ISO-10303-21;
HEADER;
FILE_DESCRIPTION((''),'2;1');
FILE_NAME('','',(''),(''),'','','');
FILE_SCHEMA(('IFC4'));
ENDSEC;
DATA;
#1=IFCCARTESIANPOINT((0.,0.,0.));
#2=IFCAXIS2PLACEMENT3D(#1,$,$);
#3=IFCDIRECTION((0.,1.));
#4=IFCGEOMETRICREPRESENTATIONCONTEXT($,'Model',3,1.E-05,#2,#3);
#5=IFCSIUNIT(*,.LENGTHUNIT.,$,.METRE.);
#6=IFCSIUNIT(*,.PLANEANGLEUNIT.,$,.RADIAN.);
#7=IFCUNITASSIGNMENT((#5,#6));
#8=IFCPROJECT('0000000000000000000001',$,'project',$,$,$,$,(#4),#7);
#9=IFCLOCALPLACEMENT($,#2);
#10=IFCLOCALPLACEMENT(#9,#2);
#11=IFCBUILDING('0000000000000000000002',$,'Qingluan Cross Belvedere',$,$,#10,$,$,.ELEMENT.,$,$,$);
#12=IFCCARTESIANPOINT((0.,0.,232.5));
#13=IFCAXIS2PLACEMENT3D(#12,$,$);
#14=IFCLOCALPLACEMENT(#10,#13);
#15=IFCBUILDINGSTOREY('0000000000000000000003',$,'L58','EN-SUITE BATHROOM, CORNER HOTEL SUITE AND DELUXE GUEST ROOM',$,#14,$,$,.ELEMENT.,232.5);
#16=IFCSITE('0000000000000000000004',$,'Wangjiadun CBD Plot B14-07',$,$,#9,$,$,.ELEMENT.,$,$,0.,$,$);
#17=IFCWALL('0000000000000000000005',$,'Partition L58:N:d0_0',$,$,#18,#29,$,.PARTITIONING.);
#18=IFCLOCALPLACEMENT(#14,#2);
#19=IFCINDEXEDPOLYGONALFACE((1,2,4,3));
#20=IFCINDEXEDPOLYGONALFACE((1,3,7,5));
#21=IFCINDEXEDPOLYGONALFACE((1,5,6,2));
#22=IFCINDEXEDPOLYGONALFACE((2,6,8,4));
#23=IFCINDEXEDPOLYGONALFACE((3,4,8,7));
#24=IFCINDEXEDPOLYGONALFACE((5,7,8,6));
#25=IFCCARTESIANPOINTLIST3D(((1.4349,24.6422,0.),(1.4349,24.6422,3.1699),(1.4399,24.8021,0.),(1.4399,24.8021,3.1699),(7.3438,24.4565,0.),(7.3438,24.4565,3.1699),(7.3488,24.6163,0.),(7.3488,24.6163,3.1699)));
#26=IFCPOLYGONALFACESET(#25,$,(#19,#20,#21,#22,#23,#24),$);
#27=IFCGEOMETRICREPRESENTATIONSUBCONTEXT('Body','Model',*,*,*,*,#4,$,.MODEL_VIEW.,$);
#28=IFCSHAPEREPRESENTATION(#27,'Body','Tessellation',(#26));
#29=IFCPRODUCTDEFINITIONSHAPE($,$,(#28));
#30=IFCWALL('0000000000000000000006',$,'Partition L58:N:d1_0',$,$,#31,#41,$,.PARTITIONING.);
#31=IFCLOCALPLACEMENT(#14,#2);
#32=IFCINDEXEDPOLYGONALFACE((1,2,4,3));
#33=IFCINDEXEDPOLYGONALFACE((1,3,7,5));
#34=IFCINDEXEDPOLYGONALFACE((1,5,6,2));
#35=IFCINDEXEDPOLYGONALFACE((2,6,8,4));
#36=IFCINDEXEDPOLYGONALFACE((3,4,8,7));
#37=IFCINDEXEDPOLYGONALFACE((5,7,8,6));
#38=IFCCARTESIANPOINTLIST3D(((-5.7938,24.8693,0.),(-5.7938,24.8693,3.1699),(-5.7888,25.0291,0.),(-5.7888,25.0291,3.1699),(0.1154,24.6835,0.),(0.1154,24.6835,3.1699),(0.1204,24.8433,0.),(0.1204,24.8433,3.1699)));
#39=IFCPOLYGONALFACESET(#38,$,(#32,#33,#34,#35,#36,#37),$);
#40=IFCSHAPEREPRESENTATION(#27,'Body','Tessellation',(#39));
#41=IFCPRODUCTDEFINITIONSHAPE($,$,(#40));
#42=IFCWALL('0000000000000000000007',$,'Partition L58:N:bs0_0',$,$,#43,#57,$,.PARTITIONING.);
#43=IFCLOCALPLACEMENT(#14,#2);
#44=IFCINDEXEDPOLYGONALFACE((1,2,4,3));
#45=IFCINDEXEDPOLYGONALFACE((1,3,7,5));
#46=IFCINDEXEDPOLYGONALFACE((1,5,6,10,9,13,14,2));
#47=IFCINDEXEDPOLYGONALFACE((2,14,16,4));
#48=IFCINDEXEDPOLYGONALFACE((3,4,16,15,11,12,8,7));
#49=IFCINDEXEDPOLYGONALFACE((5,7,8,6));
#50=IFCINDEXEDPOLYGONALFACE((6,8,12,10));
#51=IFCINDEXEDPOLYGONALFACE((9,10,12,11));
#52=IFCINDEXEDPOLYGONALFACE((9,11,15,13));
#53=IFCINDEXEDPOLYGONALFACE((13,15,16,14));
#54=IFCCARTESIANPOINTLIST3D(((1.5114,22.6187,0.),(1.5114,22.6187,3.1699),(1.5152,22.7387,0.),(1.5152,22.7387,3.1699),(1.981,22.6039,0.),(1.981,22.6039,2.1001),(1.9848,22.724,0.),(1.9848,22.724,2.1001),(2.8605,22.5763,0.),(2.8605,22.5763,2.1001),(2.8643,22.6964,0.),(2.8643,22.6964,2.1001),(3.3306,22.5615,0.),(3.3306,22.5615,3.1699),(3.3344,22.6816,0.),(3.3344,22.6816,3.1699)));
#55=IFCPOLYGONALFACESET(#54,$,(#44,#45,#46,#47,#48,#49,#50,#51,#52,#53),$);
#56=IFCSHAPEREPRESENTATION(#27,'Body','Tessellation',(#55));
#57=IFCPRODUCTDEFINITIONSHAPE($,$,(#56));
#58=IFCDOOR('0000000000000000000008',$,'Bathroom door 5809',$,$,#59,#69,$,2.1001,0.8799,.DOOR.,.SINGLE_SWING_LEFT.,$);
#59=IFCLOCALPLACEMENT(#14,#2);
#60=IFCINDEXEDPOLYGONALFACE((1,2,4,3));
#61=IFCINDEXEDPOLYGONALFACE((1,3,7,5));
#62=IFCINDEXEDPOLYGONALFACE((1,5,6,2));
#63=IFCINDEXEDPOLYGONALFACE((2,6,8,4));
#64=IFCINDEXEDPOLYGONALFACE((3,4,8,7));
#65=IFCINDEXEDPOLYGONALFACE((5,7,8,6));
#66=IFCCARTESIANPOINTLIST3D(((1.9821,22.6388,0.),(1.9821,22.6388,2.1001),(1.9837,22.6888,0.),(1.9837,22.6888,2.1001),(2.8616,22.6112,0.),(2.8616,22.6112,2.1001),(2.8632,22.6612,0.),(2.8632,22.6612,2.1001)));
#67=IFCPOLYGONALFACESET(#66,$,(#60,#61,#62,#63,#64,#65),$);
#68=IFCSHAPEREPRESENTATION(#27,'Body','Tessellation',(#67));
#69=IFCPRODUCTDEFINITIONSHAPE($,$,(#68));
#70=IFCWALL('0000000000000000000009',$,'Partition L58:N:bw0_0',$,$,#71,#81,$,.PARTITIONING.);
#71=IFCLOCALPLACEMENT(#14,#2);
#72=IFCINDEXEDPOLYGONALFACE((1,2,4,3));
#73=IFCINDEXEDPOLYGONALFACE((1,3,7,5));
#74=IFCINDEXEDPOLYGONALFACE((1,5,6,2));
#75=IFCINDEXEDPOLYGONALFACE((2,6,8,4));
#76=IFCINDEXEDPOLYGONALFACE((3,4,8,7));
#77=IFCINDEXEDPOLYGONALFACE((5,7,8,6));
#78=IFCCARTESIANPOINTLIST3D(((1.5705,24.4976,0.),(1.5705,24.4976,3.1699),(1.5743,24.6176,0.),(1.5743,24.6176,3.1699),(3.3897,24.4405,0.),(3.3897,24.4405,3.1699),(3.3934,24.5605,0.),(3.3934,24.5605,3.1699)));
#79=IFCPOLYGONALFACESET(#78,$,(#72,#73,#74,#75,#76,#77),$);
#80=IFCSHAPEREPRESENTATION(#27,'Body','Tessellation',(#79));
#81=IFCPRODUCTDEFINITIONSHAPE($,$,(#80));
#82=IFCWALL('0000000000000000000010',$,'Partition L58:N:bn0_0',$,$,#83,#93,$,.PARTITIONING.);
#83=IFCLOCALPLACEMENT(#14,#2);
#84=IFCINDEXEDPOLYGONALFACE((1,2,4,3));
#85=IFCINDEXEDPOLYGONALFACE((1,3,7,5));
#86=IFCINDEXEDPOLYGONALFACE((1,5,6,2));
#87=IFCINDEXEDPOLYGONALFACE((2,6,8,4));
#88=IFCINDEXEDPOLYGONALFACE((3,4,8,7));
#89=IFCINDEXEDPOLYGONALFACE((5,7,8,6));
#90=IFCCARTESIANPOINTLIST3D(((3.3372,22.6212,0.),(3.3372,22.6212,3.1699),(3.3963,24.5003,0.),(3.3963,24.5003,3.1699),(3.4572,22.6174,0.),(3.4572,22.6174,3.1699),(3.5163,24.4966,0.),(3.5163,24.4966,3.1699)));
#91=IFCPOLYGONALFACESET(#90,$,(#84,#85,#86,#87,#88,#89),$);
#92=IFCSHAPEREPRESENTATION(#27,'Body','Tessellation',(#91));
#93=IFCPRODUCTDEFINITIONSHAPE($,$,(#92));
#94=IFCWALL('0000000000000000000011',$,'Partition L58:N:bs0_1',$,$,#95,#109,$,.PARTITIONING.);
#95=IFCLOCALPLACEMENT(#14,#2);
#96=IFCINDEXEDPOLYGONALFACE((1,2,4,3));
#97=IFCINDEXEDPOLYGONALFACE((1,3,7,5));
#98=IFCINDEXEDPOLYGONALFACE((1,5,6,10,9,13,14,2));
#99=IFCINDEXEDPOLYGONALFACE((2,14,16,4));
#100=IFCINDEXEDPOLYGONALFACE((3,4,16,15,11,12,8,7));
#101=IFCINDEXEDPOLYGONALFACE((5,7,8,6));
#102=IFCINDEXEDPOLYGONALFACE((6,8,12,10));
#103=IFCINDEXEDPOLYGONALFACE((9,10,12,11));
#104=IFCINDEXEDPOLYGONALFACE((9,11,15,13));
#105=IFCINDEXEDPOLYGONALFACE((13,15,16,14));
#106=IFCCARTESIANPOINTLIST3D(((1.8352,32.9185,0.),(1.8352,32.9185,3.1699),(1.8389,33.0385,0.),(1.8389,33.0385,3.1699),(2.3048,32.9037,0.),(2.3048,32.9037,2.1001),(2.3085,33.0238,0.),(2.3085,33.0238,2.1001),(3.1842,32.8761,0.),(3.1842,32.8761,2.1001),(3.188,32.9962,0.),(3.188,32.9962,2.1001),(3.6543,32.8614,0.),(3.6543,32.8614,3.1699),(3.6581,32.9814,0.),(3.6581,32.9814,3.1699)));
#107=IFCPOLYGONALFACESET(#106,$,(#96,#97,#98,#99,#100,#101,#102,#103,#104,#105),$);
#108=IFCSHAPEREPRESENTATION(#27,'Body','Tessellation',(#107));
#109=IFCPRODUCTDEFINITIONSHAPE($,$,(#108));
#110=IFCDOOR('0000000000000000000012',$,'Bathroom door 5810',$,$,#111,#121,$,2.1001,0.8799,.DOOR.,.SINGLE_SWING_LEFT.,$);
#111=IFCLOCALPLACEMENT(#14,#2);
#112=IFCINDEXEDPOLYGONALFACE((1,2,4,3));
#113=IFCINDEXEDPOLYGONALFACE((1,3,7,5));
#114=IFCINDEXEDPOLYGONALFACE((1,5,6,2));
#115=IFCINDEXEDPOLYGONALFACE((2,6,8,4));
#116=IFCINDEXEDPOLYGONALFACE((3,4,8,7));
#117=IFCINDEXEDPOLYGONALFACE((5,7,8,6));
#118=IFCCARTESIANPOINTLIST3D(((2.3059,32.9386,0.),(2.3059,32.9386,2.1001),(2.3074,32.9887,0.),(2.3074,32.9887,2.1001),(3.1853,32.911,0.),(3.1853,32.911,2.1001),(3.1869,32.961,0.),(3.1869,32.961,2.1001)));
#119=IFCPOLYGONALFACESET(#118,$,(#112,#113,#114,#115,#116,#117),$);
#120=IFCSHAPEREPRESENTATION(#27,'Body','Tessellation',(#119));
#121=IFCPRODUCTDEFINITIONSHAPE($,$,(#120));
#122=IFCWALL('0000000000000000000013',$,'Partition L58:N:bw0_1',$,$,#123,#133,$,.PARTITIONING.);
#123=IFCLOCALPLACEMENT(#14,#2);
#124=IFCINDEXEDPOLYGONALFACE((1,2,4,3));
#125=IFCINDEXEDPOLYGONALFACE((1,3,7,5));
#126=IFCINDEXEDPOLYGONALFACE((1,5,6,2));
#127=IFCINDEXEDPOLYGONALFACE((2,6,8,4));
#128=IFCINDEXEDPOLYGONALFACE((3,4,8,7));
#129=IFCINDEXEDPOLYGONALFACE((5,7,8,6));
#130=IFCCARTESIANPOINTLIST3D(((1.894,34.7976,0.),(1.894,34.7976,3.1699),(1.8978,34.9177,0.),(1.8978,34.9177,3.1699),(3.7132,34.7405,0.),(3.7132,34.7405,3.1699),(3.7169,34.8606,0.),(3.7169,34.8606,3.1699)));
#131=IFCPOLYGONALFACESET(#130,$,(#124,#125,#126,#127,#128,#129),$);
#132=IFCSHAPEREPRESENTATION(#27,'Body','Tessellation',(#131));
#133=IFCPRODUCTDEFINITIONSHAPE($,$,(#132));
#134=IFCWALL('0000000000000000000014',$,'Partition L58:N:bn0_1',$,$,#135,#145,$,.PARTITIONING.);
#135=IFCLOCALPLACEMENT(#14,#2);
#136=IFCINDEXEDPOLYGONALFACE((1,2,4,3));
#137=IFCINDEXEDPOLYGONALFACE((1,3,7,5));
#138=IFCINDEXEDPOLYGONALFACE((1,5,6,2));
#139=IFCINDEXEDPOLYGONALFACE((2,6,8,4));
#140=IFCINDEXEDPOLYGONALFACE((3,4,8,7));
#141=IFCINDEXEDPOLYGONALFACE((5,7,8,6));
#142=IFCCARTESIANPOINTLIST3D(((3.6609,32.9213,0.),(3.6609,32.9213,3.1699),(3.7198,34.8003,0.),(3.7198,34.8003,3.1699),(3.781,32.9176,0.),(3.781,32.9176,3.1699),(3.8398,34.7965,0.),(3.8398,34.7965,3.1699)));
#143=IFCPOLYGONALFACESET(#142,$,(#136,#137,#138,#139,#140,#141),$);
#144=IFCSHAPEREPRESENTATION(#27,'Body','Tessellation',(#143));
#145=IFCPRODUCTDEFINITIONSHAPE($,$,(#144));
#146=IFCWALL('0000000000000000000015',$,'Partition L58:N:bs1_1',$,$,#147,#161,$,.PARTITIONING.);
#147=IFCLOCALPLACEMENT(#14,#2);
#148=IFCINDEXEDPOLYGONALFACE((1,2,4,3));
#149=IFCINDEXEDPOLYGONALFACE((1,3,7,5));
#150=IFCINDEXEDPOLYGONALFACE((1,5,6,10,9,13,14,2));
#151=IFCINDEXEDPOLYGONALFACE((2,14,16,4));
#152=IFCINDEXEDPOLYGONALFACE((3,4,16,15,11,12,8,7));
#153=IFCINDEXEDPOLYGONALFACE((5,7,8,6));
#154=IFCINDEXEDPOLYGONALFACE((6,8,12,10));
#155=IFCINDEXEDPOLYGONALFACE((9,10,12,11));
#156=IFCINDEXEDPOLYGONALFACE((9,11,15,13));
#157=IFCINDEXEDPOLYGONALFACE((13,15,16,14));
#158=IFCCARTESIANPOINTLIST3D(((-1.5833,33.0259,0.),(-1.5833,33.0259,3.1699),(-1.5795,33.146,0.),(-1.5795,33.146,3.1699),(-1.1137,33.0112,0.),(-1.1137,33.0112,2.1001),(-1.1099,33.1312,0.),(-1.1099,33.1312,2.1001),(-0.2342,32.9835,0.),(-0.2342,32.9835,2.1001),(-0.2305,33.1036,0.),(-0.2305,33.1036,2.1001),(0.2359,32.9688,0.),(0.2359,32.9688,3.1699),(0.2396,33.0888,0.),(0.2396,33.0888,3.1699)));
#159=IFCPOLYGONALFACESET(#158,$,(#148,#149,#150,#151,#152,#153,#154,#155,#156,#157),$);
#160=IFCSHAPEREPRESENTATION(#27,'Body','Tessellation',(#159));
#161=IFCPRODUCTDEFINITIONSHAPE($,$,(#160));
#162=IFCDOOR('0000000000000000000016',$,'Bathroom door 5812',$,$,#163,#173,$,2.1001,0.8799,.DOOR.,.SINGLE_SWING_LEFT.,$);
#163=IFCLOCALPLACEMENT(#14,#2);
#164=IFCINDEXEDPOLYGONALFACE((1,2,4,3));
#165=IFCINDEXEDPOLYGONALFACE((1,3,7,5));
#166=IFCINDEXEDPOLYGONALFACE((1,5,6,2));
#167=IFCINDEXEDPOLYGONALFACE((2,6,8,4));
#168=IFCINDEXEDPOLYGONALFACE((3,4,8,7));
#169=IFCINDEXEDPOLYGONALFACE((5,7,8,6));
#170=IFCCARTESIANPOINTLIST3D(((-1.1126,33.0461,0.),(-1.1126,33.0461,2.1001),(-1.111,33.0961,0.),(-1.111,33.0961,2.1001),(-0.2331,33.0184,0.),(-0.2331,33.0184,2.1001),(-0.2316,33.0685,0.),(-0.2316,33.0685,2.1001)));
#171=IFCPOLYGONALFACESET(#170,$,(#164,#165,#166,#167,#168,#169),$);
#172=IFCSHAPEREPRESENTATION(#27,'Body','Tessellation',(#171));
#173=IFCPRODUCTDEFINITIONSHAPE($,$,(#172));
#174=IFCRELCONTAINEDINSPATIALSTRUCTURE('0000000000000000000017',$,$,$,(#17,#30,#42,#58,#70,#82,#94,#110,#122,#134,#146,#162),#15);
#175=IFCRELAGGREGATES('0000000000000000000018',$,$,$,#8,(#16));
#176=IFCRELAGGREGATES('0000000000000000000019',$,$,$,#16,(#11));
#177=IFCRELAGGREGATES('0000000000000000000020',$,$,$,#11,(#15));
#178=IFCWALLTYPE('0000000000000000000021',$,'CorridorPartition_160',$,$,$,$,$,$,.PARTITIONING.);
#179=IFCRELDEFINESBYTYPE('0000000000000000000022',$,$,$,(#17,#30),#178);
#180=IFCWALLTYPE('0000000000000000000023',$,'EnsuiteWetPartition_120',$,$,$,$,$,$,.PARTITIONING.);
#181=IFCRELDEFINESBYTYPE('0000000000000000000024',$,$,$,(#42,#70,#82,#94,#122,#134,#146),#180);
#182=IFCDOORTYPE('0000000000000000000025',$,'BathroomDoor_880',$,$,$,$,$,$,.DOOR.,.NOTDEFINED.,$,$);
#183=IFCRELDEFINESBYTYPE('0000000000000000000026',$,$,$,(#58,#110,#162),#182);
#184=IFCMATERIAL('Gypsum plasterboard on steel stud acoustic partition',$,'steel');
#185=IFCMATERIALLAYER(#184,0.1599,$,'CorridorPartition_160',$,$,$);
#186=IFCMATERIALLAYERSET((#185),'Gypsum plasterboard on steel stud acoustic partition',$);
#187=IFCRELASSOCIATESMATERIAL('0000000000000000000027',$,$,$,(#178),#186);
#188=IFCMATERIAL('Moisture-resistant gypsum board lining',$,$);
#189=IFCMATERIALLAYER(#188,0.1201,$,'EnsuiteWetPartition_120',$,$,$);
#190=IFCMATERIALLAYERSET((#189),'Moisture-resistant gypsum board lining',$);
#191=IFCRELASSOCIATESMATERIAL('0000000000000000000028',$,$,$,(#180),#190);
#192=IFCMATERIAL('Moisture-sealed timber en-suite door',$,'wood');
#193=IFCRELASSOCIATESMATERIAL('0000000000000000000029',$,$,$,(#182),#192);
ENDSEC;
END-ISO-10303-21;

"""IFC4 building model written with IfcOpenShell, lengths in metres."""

from ifc_helpers import new_model, si_unit, direction, frame, frame_2d, origin, place, context, subcontext, project, spatial, rectangle, extrude, material, layer, layer_set, type_object, element, fill, save


model = new_model("IFC4")

# Units and contexts
model_context = context("Model", 3, precision=1e-05, world=origin(), true_north=direction((0.0, 1.0)))
body_context = subcontext(model_context, "Body", "Model", "MODEL_VIEW")
ifc_project = project(units=[si_unit("LENGTHUNIT", "METRE"), si_unit("PLANEANGLEUNIT", "RADIAN")], contexts=[model_context])

# Site, building, storey
site_placement = place(None, origin())
site = spatial("IfcSite", under=ifc_project, at=site_placement, Name="Wangjiadun CBD Plot B14-07", CompositionType="ELEMENT", RefElevation=0.0)
building_placement = place(site_placement, origin())
building = spatial("IfcBuilding", under=site, at=building_placement, Name="Qingluan Cross Belvedere", CompositionType="ELEMENT")
storey_placement = place(building_placement, frame((0.0, 0.0, 232.5)))
storey = spatial("IfcBuildingStorey", under=building, at=storey_placement, Name="L58", Description="EN-SUITE BATHROOM, CORNER HOTEL SUITE AND DELUXE GUEST ROOM", CompositionType="ELEMENT", Elevation=232.5)

# Walls
ifc_material_1 = material(Name="Gypsum plasterboard on steel stud acoustic partition", Category="steel")
ifc_layer_1 = layer(ifc_material_1, 0.1599, Name="CorridorPartition_160")
ifc_layer_set_1 = layer_set([ifc_layer_1], Name="Gypsum plasterboard on steel stud acoustic partition")
wall_type_1 = type_object("IfcWallType", Name="CorridorPartition_160", PredefinedType="PARTITIONING", material=ifc_layer_set_1)
wall_1_placement = place(storey_placement, frame((1.4373, 24.7222, 0.0), z_axis=(0.0, 0.0, 1.0), x_axis=(0.999506, -0.031427, 0.0)))
element("IfcWall", 1, at=wall_1_placement, inside=storey, type_object=wall_type_1, Name="Partition L58:N:d0_0", PredefinedType="PARTITIONING", context=body_context, shape_type="SweptSolid", body=[
    extrude(rectangle(XDim=5.9119, YDim=0.1599, at=frame_2d((2.9561, 0.0))), origin(), (0.0, 0.0, 1.0), 3.1699),
])
wall_2_placement = place(storey_placement, frame((0.1179, 24.7634, 0.0), z_axis=(0.0, 0.0, 1.0), x_axis=(-0.999506, 0.031426, 0.0)))
element("IfcWall", 2, at=wall_2_placement, inside=storey, type_object=wall_type_1, Name="Partition L58:N:d1_0", PredefinedType="PARTITIONING", context=body_context, shape_type="SweptSolid", body=[
    extrude(rectangle(XDim=5.9121, YDim=0.1599, at=frame_2d((2.9561, 0.0))), origin(), (0.0, 0.0, 1.0), 3.1699),
])

# Wall, opening, door
ifc_material_2 = material(Name="Moisture-resistant gypsum board lining")
ifc_layer_2 = layer(ifc_material_2, 0.1201, Name="EnsuiteWetPartition_120")
ifc_layer_set_2 = layer_set([ifc_layer_2], Name="Moisture-resistant gypsum board lining")
wall_type_2 = type_object("IfcWallType", Name="EnsuiteWetPartition_120", PredefinedType="PARTITIONING", material=ifc_layer_set_2)
wall_3_placement = place(storey_placement, frame((1.5132, 22.6787, 0.0), z_axis=(0.0, 0.0, 1.0), x_axis=(0.999507, -0.03139, 0.0)))
wall_3 = element("IfcWall", 3, at=wall_3_placement, inside=storey, type_object=wall_type_2, Name="Partition L58:N:bs0_0", PredefinedType="PARTITIONING", context=body_context, shape_type="SweptSolid", body=[
    extrude(rectangle(XDim=1.8201, YDim=0.1201, at=frame_2d((0.9102, 0.0))), origin(), (0.0, 0.0, 1.0), 3.1699),
])
opening_1_placement = place(wall_3_placement, frame((0.47, 0.0, 0.0)))
opening_1 = element("IfcOpeningElement", 4, at=opening_1_placement, cuts=wall_3, PredefinedType="OPENING", context=body_context, shape_type="SweptSolid", body=[
    extrude(rectangle(XDim=0.8799, YDim=2.1001, at=frame_2d((0.4399, 1.05))), frame((0.0, 0.0701, 0.0), z_axis=(0.0, -1.0, 0.0), x_axis=(1.0, 0.0, 0.0)), (0.0, 0.0, 1.0), 0.1401),
])
ifc_material_3 = material(Name="Moisture-sealed timber en-suite door", Category="wood")
door_type = type_object("IfcDoorType", Name="BathroomDoor_880", OperationType="NOTDEFINED", PredefinedType="DOOR", material=ifc_material_3)
door_1_placement = place(opening_1_placement, origin())
door_1 = element("IfcDoor", 5, at=door_1_placement, inside=storey, type_object=door_type, Name="Bathroom door 5809", OperationType="SINGLE_SWING_LEFT", OverallHeight=2.1001, OverallWidth=0.8799, PredefinedType="DOOR", context=body_context, shape_type="SweptSolid", body=[
    extrude(rectangle(XDim=0.8799, YDim=2.1001, at=frame_2d((0.4399, 1.05))), frame((0.0, 0.0249, 0.0), z_axis=(0.0, -1.0, 0.0), x_axis=(1.0, 0.0, 0.0)), (0.0, 0.0, 1.0), 0.05),
])
fill(opening_1, door_1)

# Walls
wall_4_placement = place(storey_placement, frame((1.5723, 24.5576, 0.0), z_axis=(0.0, 0.0, 1.0), x_axis=(0.999507, -0.03139, 0.0)))
element("IfcWall", 6, at=wall_4_placement, inside=storey, type_object=wall_type_2, Name="Partition L58:N:bw0_0", PredefinedType="PARTITIONING", context=body_context, shape_type="SweptSolid", body=[
    extrude(rectangle(XDim=1.8201, YDim=0.1201, at=frame_2d((0.9102, 0.0))), origin(), (0.0, 0.0, 1.0), 3.1699),
])
wall_5_placement = place(storey_placement, frame((3.3972, 22.6194, 0.0), z_axis=(0.0, 0.0, 1.0), x_axis=(0.031425, 0.999506, 0.0)))
element("IfcWall", 7, at=wall_5_placement, inside=storey, type_object=wall_type_2, Name="Partition L58:N:bn0_0", PredefinedType="PARTITIONING", context=body_context, shape_type="SweptSolid", body=[
    extrude(rectangle(XDim=1.8801, YDim=0.1201, at=frame_2d((0.9399, 0.0))), origin(), (0.0, 0.0, 1.0), 3.1699),
])

# Wall, opening, door
wall_6_placement = place(storey_placement, frame((1.8369, 32.9785, 0.0), z_axis=(0.0, 0.0, 1.0), x_axis=(0.999507, -0.03139, 0.0)))
wall_6 = element("IfcWall", 8, at=wall_6_placement, inside=storey, type_object=wall_type_2, Name="Partition L58:N:bs0_1", PredefinedType="PARTITIONING", context=body_context, shape_type="SweptSolid", body=[
    extrude(rectangle(XDim=1.8201, YDim=0.1201, at=frame_2d((0.9102, 0.0))), origin(), (0.0, 0.0, 1.0), 3.1699),
])
opening_2_placement = place(wall_6_placement, frame((0.47, 0.0, 0.0)))
opening_2 = element("IfcOpeningElement", 9, at=opening_2_placement, cuts=wall_6, PredefinedType="OPENING", context=body_context, shape_type="SweptSolid", body=[
    extrude(rectangle(XDim=0.8799, YDim=2.1001, at=frame_2d((0.4399, 1.05))), frame((0.0, 0.0701, 0.0), z_axis=(0.0, -1.0, 0.0), x_axis=(1.0, 0.0, 0.0)), (0.0, 0.0, 1.0), 0.1401),
])
door_2_placement = place(opening_2_placement, origin())
door_2 = element("IfcDoor", 10, at=door_2_placement, inside=storey, type_object=door_type, Name="Bathroom door 5810", OperationType="SINGLE_SWING_LEFT", OverallHeight=2.1001, OverallWidth=0.8799, PredefinedType="DOOR", context=body_context, shape_type="SweptSolid", body=[
    extrude(rectangle(XDim=0.8799, YDim=2.1001, at=frame_2d((0.4399, 1.05))), frame((0.0, 0.0249, 0.0), z_axis=(0.0, -1.0, 0.0), x_axis=(1.0, 0.0, 0.0)), (0.0, 0.0, 1.0), 0.05),
])
fill(opening_2, door_2)

# Walls
wall_7_placement = place(storey_placement, frame((1.8958, 34.8577, 0.0), z_axis=(0.0, 0.0, 1.0), x_axis=(0.999507, -0.03139, 0.0)))
element("IfcWall", 11, at=wall_7_placement, inside=storey, type_object=wall_type_2, Name="Partition L58:N:bw0_1", PredefinedType="PARTITIONING", context=body_context, shape_type="SweptSolid", body=[
    extrude(rectangle(XDim=1.8201, YDim=0.1201, at=frame_2d((0.9102, 0.0))), origin(), (0.0, 0.0, 1.0), 3.1699),
])
wall_8_placement = place(storey_placement, frame((3.7209, 32.9194, 0.0), z_axis=(0.0, 0.0, 1.0), x_axis=(0.0313, 0.99951, 0.0)))
element("IfcWall", 12, at=wall_8_placement, inside=storey, type_object=wall_type_2, Name="Partition L58:N:bn0_1", PredefinedType="PARTITIONING", context=body_context, shape_type="SweptSolid", body=[
    extrude(rectangle(XDim=1.8799, YDim=0.1201, at=frame_2d((0.9399, 0.0))), origin(), (0.0, 0.0, 1.0), 3.1699),
])

# Wall, opening, door
wall_9_placement = place(storey_placement, frame((-1.5815, 33.0859, 0.0), z_axis=(0.0, 0.0, 1.0), x_axis=(0.999507, -0.03139, 0.0)))
wall_9 = element("IfcWall", 13, at=wall_9_placement, inside=storey, type_object=wall_type_2, Name="Partition L58:N:bs1_1", PredefinedType="PARTITIONING", context=body_context, shape_type="SweptSolid", body=[
    extrude(rectangle(XDim=1.8201, YDim=0.1201, at=frame_2d((0.9102, 0.0))), origin(), (0.0, 0.0, 1.0), 3.1699),
])
opening_3_placement = place(wall_9_placement, frame((0.47, 0.0, 0.0)))
opening_3 = element("IfcOpeningElement", 14, at=opening_3_placement, cuts=wall_9, PredefinedType="OPENING", context=body_context, shape_type="SweptSolid", body=[
    extrude(rectangle(XDim=0.8799, YDim=2.1001, at=frame_2d((0.4399, 1.05))), frame((0.0, 0.0701, 0.0), z_axis=(0.0, -1.0, 0.0), x_axis=(1.0, 0.0, 0.0)), (0.0, 0.0, 1.0), 0.1401),
])
door_3_placement = place(opening_3_placement, origin())
door_3 = element("IfcDoor", 15, at=door_3_placement, inside=storey, type_object=door_type, Name="Bathroom door 5812", OperationType="SINGLE_SWING_LEFT", OverallHeight=2.1001, OverallWidth=0.8799, PredefinedType="DOOR", context=body_context, shape_type="SweptSolid", body=[
    extrude(rectangle(XDim=0.8799, YDim=2.1001, at=frame_2d((0.4399, 1.05))), frame((0.0, 0.0249, 0.0), z_axis=(0.0, -1.0, 0.0), x_axis=(1.0, 0.0, 0.0)), (0.0, 0.0, 1.0), 0.05),
])
fill(opening_3, door_3)

save(model, "model.ifc")
